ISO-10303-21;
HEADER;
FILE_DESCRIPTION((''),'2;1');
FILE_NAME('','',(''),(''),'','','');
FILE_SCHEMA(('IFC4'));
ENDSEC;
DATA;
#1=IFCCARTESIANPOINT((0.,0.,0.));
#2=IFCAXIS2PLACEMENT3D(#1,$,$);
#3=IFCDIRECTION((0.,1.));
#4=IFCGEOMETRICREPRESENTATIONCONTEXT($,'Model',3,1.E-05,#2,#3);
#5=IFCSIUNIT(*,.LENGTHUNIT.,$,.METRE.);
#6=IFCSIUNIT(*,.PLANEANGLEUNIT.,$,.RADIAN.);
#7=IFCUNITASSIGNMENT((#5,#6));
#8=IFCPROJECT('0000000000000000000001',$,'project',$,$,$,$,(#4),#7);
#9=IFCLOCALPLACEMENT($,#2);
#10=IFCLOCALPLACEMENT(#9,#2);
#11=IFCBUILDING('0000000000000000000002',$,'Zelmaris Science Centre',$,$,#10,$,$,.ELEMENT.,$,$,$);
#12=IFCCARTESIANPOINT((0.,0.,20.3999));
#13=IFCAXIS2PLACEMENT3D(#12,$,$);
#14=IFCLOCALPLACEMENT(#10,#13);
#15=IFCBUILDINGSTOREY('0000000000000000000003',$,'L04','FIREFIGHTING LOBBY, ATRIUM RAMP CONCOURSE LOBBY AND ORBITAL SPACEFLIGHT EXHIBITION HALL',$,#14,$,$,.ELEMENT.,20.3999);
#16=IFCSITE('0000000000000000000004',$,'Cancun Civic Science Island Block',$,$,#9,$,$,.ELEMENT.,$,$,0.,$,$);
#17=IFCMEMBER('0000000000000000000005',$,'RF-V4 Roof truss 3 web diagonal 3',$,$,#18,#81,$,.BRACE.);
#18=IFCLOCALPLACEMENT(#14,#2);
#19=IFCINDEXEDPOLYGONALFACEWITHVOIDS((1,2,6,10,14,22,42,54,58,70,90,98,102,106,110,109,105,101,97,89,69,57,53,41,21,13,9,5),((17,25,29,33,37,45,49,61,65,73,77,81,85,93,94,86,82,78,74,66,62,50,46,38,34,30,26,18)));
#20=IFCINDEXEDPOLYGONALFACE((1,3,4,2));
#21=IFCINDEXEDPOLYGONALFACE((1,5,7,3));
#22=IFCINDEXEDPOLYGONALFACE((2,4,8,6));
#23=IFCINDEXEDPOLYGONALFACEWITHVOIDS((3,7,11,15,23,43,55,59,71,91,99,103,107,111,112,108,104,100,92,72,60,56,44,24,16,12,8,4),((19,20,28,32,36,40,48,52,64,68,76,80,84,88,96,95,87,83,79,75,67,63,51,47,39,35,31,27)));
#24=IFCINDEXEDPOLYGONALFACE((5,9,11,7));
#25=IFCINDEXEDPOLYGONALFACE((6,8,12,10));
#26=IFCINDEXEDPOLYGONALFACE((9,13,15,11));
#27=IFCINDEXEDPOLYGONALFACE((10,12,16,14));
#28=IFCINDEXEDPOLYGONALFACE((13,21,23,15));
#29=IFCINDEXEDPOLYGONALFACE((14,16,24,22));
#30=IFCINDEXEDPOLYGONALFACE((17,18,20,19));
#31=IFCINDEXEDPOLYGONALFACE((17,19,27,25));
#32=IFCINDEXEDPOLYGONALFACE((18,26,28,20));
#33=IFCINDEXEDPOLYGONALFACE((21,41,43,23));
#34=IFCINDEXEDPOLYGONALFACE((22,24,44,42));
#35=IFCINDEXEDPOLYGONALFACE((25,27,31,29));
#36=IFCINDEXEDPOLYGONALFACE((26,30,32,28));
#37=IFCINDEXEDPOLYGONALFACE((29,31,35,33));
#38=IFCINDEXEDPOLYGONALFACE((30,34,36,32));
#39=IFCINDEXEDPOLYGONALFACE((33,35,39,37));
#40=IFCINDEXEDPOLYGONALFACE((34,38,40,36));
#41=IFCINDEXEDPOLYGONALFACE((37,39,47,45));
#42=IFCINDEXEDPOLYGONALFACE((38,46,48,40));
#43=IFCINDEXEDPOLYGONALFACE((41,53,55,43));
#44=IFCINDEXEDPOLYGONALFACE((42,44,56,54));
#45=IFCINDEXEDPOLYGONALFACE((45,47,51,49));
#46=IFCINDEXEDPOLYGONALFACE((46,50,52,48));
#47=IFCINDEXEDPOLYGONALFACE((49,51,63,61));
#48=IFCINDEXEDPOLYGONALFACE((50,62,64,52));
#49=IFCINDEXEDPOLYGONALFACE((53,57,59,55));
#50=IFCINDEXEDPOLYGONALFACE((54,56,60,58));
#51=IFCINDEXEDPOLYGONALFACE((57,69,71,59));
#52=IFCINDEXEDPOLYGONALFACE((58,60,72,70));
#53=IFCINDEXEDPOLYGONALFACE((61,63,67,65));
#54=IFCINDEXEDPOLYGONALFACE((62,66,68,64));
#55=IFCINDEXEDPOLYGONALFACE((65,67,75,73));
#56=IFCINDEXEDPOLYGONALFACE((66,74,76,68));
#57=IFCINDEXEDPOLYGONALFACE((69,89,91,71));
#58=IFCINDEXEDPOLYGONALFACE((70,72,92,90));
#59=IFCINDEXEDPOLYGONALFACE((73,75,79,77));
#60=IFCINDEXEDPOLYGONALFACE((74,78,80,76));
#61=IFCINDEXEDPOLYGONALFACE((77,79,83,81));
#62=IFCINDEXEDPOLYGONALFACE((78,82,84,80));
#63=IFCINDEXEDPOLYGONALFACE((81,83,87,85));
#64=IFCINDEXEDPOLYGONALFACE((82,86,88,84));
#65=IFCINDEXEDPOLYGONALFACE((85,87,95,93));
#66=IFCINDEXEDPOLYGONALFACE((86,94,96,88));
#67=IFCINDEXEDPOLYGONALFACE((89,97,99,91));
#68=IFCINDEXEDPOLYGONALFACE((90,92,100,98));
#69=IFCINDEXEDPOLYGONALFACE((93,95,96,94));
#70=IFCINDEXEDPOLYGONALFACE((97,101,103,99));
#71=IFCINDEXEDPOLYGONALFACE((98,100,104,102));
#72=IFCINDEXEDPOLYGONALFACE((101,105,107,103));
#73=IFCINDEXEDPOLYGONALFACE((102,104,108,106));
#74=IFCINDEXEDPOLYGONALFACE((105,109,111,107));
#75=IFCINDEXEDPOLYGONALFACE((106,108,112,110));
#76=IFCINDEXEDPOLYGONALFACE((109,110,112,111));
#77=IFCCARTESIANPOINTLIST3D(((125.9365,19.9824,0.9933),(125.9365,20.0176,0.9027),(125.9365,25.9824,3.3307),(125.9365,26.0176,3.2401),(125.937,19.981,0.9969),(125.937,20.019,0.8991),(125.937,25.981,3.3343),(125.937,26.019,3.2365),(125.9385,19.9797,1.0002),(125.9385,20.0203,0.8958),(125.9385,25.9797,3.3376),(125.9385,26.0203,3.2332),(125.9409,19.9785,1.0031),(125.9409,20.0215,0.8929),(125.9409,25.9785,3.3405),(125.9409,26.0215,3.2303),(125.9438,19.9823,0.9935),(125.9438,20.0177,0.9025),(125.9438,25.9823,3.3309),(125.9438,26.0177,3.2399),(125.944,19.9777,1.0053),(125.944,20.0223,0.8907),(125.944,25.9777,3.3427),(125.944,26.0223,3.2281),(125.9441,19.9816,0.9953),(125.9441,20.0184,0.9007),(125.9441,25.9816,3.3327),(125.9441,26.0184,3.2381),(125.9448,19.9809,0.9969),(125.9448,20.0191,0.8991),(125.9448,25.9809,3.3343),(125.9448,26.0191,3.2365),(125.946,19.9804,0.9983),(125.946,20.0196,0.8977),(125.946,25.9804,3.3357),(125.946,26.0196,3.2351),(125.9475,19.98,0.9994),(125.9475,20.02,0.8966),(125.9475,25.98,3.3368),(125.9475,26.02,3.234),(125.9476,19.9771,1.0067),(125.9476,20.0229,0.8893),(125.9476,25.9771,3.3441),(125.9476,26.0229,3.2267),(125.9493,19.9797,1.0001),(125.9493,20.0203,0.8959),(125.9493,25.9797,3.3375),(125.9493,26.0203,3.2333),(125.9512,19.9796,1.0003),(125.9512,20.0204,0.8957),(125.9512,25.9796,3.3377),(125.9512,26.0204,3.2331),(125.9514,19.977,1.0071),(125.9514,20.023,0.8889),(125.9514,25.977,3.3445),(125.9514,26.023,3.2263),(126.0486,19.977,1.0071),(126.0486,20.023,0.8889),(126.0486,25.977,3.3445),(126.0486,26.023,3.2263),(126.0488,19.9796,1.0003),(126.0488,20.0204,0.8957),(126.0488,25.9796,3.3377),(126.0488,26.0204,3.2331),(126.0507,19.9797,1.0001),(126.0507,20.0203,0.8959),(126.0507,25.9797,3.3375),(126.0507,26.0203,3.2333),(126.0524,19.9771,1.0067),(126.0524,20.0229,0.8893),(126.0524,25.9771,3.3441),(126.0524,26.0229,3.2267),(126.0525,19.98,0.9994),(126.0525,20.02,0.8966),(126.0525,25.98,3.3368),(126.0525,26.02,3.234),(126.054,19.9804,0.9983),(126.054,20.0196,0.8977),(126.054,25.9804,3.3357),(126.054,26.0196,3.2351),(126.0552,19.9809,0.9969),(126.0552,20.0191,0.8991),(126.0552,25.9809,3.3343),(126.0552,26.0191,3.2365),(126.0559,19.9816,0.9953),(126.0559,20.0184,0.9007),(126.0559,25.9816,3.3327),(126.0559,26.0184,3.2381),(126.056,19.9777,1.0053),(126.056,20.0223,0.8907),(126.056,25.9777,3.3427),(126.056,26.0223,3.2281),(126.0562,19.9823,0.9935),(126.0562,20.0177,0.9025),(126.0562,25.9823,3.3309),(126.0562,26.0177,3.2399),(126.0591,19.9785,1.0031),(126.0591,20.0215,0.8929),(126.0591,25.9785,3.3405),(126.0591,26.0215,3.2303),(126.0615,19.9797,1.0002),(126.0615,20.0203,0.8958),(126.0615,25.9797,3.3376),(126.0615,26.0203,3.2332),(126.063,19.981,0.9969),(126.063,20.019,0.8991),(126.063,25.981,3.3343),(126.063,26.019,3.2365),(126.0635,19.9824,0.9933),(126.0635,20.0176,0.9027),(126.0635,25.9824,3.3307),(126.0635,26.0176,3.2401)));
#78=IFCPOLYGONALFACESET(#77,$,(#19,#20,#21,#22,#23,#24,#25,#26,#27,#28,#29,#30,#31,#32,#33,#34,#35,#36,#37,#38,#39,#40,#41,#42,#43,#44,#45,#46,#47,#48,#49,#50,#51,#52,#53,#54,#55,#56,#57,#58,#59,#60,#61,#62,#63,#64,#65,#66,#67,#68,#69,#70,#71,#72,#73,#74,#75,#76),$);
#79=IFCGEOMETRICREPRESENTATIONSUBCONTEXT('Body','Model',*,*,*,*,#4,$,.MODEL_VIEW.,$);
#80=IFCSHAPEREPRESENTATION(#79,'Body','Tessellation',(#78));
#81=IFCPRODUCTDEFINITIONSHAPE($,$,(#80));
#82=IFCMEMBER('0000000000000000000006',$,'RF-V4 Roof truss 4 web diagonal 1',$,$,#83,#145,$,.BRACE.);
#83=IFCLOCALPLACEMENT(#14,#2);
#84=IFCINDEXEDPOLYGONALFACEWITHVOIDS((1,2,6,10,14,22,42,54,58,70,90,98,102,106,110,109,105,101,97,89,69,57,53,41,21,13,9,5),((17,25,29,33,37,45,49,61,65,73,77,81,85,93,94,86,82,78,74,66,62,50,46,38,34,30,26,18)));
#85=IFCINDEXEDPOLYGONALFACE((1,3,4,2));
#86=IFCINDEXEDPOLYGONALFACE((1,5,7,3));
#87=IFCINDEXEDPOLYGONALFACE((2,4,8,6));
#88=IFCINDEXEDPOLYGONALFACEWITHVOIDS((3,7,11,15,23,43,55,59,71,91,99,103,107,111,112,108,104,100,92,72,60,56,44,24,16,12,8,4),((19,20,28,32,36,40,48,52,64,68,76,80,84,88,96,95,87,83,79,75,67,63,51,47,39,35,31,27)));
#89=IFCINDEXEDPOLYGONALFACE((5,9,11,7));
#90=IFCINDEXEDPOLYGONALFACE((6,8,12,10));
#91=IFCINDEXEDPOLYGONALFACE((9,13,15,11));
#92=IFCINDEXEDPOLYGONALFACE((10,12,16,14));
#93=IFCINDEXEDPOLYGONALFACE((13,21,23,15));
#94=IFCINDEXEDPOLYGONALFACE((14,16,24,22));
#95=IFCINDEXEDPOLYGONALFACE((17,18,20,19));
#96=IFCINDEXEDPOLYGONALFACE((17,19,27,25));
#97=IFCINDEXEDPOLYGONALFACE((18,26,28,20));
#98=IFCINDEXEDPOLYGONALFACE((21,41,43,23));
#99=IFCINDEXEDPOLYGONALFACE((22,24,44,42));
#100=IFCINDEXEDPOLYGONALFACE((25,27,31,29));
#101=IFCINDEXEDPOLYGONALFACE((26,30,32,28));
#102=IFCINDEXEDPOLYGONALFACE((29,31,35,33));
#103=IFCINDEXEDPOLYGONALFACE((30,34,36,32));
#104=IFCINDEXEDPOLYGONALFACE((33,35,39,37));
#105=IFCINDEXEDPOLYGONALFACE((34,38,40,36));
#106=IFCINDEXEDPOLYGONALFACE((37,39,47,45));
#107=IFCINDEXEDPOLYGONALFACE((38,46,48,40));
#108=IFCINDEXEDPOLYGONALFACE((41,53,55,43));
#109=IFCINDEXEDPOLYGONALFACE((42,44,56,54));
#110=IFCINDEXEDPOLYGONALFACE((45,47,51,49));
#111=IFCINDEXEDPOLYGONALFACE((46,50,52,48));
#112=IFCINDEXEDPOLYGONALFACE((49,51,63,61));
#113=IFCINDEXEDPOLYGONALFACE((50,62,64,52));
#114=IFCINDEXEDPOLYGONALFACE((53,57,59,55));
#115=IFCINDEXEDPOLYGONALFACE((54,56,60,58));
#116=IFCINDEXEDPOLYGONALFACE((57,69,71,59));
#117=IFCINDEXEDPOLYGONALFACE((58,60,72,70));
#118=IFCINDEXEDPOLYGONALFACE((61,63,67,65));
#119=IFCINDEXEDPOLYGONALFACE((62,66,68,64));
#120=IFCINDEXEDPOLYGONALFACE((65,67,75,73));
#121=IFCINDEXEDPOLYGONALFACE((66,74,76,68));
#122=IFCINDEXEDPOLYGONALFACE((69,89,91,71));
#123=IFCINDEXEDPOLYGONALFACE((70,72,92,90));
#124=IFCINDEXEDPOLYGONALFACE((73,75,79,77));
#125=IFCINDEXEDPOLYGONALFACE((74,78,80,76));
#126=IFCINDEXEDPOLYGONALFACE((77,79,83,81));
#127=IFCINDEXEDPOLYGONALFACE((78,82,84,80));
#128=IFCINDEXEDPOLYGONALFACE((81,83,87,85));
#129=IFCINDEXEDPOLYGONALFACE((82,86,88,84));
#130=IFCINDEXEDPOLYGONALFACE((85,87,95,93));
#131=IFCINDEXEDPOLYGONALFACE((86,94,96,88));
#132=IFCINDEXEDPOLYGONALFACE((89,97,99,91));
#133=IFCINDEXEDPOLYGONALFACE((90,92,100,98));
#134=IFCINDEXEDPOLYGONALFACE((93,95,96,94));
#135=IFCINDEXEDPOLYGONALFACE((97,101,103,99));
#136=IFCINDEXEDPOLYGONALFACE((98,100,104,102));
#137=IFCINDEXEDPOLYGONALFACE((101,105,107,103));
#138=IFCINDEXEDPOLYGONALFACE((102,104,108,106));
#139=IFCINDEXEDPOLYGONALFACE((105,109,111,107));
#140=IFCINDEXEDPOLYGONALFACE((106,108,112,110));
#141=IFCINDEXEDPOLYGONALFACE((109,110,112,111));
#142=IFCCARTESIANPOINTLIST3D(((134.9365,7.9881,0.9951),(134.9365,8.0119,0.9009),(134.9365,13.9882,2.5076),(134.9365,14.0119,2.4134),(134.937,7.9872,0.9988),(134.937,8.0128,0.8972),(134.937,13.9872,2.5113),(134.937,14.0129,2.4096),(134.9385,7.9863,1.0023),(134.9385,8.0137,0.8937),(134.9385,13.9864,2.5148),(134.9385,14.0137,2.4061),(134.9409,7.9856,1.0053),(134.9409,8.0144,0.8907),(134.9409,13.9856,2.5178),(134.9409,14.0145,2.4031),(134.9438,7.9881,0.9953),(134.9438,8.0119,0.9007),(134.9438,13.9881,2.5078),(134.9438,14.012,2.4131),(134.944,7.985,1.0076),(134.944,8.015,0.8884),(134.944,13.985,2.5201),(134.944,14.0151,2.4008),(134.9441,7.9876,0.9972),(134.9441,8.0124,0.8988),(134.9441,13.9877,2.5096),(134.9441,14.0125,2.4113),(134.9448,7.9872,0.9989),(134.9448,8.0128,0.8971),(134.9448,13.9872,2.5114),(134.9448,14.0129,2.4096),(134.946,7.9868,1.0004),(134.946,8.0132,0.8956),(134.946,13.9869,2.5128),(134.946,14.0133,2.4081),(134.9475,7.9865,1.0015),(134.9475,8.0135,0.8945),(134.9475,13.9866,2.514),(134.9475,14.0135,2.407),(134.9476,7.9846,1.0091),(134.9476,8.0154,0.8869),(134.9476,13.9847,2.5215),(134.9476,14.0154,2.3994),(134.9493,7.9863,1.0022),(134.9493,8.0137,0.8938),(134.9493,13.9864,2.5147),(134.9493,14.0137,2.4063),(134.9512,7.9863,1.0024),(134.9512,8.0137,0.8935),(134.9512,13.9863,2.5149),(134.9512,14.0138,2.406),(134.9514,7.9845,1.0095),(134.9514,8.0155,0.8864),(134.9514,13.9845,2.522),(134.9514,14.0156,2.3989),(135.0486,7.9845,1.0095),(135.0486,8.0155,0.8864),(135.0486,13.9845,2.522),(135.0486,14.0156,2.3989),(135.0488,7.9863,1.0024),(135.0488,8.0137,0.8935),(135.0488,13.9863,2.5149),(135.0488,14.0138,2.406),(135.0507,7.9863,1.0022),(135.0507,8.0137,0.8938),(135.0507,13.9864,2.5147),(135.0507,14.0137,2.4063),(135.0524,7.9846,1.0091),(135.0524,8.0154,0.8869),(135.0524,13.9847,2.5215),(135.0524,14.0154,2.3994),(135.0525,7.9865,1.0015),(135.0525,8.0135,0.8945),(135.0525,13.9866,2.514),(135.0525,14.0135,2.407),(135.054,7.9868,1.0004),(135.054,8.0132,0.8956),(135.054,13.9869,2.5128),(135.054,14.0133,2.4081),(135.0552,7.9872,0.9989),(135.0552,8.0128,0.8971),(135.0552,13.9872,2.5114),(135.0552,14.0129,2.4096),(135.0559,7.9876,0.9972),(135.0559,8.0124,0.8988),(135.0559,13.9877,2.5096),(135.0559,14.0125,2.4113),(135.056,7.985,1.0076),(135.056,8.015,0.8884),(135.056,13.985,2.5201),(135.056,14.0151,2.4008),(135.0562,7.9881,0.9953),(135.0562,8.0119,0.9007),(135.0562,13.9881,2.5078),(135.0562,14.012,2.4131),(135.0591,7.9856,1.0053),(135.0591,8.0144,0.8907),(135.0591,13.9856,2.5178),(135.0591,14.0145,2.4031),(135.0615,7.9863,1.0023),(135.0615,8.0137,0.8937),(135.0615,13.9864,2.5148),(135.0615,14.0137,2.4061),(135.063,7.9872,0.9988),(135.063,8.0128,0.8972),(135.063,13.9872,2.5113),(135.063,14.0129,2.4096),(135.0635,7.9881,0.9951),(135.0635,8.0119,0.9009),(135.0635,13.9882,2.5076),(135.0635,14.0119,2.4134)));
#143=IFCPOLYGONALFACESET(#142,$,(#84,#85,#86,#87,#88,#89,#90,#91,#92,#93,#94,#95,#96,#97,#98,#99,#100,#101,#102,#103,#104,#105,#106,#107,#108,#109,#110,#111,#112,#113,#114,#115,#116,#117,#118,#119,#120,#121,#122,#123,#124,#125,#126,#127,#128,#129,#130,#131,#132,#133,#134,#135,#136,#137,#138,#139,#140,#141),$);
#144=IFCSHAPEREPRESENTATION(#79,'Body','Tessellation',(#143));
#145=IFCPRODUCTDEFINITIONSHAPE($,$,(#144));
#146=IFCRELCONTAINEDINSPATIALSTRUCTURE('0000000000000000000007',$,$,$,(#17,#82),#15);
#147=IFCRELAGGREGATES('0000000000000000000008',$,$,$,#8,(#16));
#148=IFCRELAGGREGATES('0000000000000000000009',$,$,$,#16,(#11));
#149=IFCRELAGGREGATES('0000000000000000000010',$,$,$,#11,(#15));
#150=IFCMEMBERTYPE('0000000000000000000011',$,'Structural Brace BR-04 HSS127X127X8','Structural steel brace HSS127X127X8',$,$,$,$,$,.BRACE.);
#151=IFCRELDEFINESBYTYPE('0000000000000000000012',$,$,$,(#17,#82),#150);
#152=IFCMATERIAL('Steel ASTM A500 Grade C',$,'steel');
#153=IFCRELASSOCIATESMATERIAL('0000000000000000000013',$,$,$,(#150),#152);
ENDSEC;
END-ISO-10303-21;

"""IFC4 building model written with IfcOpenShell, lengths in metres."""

from ifc_helpers import new_model, si_unit, direction, frame, origin, origin_2d, place, context, subcontext, project, spatial, hollow_rectangle, extrude, material, material_profile, profile_set, type_object, element, save


model = new_model("IFC4")

# Units and contexts
model_context = context("Model", 3, precision=1e-05, world=origin(), true_north=direction((0.0, 1.0)))
body_context = subcontext(model_context, "Body", "Model", "MODEL_VIEW")
ifc_project = project(units=[si_unit("LENGTHUNIT", "METRE"), si_unit("PLANEANGLEUNIT", "RADIAN")], contexts=[model_context])

# Site, building, storey
site_placement = place(None, origin())
site = spatial("IfcSite", under=ifc_project, at=site_placement, Name="Cancun Civic Science Island Block", CompositionType="ELEMENT", RefElevation=0.0)
building_placement = place(site_placement, origin())
building = spatial("IfcBuilding", under=site, at=building_placement, Name="Zelmaris Science Centre", CompositionType="ELEMENT")
storey_placement = place(building_placement, frame((0.0, 0.0, 20.3999)))
storey = spatial("IfcBuildingStorey", under=building, at=storey_placement, Name="L04", Description="FIREFIGHTING LOBBY, ATRIUM RAMP CONCOURSE LOBBY AND ORBITAL SPACEFLIGHT EXHIBITION HALL", CompositionType="ELEMENT", Elevation=20.3999)

# Shared definitions
ifc_material = material(Name="Steel ASTM A500 Grade C", Category="steel")

# Members
ifc_material_profile_1 = material_profile(ifc_material, hollow_rectangle(XDim=0.127, YDim=0.127, WallThickness=0.0073, InnerFilletRadius=0.0073, OuterFilletRadius=0.0149, at=origin_2d()), Name="HSS127X127X8")
ifc_profile_set_1 = profile_set([ifc_material_profile_1], Name="Steel ASTM A500 Grade C")
member_type_1 = type_object("IfcMemberType", Name="Structural Brace BR-04 HSS127X127X8", Description="Structural steel brace HSS127X127X8", PredefinedType="BRACE", material=ifc_profile_set_1)
member_1_placement = place(storey_placement, frame((126.0, 20.0, 0.948), z_axis=(0.0, 0.931791, 0.362995), x_axis=(-1.0, 0.0, 0.0)))
element("IfcMember", 1, at=member_1_placement, inside=storey, type_object=member_type_1, Name="RF-V4 Roof truss 3 web diagonal 3", PredefinedType="BRACE", context=body_context, shape_type="SweptSolid", body=[
    extrude(hollow_rectangle(XDim=0.127, YDim=0.127, WallThickness=0.0073, InnerFilletRadius=0.0073, OuterFilletRadius=0.0149, at=origin_2d()), origin(), (0.0, 0.0, 1.0), 6.4392),
])
for number, where, z_axis, x_axis, name in (
    (2, (135.0, 8.0, 0.948), (0.0, 0.969667, 0.244429), (-1.0, 0.0, 0.0), "RF-V4 Roof truss 4 web diagonal 1"),
):
    element("IfcMember", number, at=place(storey_placement, frame(where, z_axis=z_axis, x_axis=x_axis)), inside=storey, type_object=member_type_1, Name=name, PredefinedType="BRACE", context=body_context, shape_type="SweptSolid", body=[
        extrude(hollow_rectangle(XDim=0.127, YDim=0.127, WallThickness=0.0073, InnerFilletRadius=0.0073, OuterFilletRadius=0.0149, at=origin_2d()), origin(), (0.0, 0.0, 1.0), 6.1877),
    ])

save(model, "model.ifc")
